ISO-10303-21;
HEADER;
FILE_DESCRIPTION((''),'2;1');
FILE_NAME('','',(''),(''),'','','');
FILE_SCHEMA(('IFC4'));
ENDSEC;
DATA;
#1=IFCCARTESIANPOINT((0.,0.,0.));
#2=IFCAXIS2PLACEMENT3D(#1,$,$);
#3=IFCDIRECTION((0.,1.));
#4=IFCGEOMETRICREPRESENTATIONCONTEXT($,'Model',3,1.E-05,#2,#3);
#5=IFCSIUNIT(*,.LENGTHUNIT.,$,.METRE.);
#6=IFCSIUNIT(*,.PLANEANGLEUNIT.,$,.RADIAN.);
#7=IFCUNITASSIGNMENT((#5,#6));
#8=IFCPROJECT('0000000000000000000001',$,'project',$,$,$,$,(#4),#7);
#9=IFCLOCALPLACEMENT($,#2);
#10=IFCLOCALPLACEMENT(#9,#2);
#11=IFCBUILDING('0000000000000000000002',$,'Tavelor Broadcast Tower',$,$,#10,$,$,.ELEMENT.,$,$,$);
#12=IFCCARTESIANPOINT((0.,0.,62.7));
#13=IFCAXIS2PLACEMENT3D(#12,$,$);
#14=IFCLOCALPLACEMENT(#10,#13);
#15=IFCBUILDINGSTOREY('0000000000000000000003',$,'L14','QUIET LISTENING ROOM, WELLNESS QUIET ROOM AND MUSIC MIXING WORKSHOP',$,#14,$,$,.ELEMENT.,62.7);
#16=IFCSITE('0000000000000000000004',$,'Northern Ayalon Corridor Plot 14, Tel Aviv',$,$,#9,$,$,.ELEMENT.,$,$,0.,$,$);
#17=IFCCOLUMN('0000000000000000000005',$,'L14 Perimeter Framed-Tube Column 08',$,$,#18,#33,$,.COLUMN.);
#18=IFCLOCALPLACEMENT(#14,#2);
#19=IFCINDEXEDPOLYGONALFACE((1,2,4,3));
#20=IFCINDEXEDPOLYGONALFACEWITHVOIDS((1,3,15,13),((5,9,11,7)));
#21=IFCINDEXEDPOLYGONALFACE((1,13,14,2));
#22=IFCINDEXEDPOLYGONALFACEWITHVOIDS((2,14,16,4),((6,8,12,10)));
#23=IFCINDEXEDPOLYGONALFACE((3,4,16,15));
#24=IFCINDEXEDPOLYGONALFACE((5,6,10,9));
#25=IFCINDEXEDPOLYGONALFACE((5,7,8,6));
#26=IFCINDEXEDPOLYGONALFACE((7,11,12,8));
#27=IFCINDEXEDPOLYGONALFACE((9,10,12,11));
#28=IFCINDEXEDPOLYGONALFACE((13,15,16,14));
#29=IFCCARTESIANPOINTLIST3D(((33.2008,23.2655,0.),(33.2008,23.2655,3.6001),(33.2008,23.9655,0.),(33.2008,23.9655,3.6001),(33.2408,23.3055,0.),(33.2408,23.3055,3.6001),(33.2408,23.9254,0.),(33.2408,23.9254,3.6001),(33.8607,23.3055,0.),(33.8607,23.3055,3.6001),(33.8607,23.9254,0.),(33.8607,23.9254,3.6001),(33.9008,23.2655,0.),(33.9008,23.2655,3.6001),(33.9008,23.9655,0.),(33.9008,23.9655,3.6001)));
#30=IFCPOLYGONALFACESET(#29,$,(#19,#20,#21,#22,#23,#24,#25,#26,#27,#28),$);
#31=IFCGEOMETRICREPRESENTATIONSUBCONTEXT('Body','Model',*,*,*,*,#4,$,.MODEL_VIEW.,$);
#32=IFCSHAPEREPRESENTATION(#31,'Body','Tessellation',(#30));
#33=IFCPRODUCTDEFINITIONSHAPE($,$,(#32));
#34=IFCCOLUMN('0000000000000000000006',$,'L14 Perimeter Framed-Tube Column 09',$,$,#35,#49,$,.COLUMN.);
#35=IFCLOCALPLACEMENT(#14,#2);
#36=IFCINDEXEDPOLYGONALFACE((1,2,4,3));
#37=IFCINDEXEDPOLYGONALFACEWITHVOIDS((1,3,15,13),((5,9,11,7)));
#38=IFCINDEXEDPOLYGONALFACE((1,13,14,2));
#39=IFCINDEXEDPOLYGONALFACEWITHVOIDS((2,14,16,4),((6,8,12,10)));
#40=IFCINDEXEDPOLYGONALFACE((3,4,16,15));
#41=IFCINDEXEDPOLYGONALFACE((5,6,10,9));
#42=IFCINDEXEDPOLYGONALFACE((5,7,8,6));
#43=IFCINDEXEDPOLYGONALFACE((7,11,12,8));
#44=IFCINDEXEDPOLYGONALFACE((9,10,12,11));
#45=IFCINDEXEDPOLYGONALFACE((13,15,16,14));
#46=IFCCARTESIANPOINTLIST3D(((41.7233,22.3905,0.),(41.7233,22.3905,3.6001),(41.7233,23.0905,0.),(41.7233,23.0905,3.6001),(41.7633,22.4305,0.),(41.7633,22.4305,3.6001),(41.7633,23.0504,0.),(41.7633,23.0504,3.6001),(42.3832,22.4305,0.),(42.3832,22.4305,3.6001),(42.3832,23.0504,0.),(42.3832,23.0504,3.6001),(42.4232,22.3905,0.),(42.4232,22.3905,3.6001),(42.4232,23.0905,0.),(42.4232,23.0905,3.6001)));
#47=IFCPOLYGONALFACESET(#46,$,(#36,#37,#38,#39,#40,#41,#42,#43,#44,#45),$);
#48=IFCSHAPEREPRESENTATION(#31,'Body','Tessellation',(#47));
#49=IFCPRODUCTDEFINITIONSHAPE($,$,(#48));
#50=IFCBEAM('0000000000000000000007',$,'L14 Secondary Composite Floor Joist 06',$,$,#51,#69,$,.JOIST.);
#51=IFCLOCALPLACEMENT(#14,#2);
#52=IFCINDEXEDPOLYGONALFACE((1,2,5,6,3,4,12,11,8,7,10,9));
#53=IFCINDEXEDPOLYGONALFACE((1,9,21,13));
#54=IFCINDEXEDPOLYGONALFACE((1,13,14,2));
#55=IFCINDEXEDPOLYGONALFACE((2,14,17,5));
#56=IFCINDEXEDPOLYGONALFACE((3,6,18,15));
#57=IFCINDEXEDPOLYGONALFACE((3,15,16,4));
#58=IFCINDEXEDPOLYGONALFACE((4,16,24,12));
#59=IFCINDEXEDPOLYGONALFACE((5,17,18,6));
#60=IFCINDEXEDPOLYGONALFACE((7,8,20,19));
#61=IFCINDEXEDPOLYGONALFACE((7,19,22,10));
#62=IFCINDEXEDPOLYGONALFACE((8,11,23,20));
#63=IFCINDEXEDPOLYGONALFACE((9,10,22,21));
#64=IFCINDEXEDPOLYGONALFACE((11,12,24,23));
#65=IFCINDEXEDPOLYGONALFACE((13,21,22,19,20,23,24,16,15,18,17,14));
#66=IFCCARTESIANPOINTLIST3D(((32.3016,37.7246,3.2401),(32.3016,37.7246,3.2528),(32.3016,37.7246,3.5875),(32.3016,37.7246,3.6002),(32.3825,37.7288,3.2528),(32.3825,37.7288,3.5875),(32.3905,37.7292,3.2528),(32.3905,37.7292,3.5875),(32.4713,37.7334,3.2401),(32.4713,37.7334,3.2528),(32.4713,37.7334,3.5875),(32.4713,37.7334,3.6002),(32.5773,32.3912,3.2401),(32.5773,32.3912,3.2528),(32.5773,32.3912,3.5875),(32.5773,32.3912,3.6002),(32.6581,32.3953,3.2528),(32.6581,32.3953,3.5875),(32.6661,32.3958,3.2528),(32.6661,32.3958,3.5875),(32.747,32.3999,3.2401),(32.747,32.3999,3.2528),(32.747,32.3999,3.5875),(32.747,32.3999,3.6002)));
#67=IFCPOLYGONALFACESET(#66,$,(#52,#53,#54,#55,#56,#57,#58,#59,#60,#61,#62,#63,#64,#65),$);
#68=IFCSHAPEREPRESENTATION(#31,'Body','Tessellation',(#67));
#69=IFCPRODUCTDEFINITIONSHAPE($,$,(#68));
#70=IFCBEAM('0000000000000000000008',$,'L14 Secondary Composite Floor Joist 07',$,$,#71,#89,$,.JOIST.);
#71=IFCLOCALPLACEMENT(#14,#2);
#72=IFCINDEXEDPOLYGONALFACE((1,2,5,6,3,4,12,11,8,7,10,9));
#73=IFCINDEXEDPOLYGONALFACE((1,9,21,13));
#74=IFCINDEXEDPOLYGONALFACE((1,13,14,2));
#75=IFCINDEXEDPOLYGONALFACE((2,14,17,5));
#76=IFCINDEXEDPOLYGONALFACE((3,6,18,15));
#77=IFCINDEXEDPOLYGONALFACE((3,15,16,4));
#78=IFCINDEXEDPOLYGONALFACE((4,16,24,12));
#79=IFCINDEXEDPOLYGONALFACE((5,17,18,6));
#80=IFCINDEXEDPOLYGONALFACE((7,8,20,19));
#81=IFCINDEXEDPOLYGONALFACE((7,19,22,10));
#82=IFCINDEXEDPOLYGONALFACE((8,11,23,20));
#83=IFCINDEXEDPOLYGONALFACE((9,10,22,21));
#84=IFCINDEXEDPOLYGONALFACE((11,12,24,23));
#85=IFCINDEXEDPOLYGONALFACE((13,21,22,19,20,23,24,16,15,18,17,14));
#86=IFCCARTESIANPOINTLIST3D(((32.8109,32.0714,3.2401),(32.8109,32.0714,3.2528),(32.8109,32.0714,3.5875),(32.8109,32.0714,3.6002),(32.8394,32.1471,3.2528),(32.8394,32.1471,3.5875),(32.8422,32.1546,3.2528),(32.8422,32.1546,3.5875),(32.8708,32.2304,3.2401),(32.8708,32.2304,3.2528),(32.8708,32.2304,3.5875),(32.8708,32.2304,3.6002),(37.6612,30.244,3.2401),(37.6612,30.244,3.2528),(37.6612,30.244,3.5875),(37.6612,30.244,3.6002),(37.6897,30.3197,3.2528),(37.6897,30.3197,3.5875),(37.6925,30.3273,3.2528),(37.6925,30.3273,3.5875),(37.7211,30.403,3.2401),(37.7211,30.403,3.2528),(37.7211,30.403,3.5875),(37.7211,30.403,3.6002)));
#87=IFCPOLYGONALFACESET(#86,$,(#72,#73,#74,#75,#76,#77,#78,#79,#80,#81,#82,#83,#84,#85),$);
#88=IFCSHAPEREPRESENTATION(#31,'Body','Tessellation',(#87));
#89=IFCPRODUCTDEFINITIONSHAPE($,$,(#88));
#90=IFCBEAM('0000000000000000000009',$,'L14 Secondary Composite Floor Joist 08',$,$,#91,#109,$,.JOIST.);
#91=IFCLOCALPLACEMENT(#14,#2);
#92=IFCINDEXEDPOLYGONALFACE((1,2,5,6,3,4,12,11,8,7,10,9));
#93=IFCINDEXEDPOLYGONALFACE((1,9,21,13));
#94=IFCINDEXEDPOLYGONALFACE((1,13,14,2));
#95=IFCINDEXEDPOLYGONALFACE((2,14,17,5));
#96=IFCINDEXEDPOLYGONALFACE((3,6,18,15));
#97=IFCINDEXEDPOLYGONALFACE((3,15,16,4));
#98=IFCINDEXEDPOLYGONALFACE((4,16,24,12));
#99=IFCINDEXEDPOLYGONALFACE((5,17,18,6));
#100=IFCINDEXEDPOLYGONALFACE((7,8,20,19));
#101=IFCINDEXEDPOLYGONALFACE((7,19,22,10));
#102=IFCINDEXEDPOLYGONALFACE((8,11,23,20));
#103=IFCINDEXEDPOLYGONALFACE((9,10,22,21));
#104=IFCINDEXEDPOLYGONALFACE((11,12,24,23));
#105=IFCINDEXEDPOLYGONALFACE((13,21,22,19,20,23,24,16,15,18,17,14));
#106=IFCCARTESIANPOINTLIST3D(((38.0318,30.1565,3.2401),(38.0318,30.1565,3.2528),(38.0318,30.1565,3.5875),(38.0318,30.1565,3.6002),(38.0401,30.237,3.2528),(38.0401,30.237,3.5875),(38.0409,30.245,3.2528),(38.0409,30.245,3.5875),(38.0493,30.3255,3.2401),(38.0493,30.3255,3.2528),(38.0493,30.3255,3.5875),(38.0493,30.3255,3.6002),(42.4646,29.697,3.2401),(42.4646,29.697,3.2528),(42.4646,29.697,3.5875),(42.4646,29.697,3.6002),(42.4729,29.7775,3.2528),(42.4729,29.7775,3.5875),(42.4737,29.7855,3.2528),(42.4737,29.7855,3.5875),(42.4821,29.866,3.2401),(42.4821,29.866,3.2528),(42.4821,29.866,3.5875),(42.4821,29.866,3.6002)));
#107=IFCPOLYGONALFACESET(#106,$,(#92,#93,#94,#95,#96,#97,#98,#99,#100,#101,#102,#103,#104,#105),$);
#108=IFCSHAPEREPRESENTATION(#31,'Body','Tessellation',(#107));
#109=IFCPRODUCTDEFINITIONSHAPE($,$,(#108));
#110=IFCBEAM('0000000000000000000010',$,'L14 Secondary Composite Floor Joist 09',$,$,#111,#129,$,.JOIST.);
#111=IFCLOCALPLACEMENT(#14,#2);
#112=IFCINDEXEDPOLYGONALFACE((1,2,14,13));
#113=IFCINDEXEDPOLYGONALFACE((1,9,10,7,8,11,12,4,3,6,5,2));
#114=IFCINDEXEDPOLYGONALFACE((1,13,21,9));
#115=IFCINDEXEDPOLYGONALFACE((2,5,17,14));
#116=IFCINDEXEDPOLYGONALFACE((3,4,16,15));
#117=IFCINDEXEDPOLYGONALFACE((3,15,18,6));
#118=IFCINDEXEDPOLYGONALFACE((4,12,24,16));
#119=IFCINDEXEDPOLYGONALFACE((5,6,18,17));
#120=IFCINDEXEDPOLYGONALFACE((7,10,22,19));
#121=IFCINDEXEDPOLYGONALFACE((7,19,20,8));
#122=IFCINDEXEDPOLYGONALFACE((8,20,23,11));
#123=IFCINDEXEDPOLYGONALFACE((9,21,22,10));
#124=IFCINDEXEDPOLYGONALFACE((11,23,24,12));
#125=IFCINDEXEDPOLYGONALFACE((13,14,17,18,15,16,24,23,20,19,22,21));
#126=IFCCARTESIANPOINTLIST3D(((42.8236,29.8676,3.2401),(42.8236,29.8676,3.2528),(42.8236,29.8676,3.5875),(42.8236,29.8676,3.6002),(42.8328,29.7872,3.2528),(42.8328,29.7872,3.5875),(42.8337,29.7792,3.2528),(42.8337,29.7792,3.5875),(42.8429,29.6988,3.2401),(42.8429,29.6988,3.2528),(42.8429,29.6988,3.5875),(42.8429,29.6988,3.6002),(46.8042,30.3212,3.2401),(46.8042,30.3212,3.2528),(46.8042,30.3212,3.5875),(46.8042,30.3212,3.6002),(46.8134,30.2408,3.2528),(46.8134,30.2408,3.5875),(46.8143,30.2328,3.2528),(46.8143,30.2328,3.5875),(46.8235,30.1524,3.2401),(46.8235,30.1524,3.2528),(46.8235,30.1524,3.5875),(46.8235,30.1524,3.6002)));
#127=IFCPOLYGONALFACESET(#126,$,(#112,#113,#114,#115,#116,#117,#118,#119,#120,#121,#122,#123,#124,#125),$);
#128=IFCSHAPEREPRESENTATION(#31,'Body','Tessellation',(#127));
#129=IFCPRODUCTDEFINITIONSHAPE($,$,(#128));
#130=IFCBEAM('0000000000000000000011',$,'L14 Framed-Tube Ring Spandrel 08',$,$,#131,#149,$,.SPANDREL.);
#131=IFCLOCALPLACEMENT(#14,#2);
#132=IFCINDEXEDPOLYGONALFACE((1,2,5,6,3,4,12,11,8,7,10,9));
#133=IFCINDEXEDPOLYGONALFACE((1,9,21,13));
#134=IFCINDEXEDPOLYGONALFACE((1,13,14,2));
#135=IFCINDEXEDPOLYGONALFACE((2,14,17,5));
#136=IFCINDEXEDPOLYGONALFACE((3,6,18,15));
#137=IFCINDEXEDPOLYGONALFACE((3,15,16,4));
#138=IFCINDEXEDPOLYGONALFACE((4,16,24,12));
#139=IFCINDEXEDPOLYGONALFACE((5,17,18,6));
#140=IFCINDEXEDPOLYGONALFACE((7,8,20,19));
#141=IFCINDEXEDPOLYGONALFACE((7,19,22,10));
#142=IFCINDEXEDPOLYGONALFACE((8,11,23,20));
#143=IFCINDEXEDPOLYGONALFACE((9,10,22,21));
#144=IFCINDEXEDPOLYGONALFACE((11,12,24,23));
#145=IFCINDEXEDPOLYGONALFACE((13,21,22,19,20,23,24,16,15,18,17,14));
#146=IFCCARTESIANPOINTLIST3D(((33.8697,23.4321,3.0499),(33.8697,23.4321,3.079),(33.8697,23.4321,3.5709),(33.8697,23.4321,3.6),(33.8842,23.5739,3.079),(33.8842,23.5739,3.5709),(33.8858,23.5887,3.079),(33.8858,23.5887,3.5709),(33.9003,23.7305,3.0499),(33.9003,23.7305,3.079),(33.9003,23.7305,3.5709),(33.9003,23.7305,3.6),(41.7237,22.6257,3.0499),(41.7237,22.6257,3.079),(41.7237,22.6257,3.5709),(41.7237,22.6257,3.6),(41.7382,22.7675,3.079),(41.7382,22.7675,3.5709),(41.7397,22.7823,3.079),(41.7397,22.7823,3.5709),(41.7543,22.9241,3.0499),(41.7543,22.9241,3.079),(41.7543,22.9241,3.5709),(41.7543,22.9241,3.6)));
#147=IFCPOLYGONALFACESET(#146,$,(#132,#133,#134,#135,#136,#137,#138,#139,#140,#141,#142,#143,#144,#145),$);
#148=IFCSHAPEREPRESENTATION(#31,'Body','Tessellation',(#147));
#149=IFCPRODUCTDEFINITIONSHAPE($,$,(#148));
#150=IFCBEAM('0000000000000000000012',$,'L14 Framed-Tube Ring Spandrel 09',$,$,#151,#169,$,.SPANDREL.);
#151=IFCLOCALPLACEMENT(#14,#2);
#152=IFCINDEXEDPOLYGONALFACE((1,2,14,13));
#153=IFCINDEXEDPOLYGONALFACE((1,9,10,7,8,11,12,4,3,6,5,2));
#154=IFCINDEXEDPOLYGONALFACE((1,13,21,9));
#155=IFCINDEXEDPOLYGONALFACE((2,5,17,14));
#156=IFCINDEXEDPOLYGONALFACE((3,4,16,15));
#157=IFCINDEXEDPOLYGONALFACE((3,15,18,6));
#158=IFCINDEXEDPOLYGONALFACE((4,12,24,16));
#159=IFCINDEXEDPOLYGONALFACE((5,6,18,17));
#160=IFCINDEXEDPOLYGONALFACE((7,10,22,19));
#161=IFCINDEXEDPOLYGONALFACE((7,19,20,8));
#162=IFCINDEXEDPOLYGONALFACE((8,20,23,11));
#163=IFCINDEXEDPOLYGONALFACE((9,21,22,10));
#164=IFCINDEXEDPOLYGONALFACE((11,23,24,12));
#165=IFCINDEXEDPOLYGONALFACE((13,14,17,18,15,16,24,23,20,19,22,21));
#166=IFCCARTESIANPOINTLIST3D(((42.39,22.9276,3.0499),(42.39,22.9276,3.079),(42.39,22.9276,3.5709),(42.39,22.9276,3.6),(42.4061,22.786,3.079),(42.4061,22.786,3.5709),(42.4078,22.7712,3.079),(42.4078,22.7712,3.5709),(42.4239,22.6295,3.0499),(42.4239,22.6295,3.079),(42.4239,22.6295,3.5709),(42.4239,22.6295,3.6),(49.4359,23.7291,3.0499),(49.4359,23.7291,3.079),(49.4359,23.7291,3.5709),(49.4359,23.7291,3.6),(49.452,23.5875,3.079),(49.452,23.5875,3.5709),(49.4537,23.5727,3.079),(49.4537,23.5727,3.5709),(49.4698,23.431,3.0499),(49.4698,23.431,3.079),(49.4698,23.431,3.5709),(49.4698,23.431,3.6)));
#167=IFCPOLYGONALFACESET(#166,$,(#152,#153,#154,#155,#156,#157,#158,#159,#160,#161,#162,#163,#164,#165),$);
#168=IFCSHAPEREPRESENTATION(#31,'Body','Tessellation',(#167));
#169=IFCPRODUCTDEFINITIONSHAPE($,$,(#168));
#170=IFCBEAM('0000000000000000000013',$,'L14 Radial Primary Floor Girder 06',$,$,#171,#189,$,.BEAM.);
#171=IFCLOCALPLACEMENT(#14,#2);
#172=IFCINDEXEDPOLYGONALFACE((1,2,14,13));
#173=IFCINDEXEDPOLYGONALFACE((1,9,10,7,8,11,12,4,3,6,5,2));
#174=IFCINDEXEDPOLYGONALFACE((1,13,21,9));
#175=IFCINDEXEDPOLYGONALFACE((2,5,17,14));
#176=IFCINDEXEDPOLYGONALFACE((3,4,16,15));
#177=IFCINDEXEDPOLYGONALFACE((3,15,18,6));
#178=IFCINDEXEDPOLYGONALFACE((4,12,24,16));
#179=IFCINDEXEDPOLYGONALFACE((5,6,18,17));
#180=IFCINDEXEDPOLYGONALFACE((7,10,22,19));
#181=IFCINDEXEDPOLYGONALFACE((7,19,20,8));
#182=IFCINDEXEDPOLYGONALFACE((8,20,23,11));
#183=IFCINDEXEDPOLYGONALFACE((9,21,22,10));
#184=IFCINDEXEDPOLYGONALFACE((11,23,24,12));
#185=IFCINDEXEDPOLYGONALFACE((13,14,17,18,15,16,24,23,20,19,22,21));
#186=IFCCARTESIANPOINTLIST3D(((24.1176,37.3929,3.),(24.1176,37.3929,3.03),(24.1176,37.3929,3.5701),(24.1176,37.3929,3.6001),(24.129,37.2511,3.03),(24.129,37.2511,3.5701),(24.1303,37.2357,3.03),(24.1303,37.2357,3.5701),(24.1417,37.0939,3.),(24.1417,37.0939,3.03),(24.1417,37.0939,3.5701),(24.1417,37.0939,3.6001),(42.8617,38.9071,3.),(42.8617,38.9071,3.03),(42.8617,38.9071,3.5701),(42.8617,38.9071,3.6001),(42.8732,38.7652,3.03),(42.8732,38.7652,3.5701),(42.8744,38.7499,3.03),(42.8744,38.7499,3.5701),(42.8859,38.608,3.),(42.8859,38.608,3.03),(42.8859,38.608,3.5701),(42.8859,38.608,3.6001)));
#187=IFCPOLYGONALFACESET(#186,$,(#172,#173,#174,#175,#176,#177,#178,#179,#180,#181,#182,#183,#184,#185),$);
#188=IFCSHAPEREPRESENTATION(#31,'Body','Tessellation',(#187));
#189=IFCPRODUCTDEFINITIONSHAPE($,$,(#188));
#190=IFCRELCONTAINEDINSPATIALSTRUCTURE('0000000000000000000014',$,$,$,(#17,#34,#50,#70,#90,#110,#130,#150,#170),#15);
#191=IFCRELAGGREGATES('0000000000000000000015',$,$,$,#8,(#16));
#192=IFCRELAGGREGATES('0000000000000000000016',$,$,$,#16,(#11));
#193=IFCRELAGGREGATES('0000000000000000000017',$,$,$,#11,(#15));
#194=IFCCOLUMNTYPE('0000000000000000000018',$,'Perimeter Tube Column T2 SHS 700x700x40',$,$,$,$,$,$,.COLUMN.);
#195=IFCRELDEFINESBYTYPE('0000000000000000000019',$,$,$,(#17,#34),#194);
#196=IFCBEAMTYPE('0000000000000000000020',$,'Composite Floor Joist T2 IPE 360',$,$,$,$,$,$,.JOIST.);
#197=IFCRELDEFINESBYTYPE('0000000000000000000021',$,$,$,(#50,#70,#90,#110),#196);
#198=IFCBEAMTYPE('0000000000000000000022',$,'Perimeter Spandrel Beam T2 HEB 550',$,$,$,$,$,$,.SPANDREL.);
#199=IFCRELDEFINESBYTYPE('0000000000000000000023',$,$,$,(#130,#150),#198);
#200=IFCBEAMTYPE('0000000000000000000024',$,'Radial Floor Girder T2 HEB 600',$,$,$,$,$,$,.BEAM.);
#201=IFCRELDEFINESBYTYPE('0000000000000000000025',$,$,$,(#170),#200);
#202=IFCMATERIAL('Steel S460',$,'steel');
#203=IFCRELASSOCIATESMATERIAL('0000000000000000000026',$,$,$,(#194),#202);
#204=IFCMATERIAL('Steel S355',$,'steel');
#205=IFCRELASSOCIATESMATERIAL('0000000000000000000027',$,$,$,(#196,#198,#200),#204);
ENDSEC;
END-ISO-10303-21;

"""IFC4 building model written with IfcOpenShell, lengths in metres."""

from ifc_helpers import new_model, si_unit, direction, frame, origin, origin_2d, place, context, subcontext, project, spatial, hollow_rectangle, i_section, extrude, material, material_profile, profile_set, type_object, element, save


model = new_model("IFC4")

# Units and contexts
model_context = context("Model", 3, precision=1e-05, world=origin(), true_north=direction((0.0, 1.0)))
body_context = subcontext(model_context, "Body", "Model", "MODEL_VIEW")
ifc_project = project(units=[si_unit("LENGTHUNIT", "METRE"), si_unit("PLANEANGLEUNIT", "RADIAN")], contexts=[model_context])

# Site, building, storey
site_placement = place(None, origin())
site = spatial("IfcSite", under=ifc_project, at=site_placement, Name="Northern Ayalon Corridor Plot 14, Tel Aviv", CompositionType="ELEMENT", RefElevation=0.0)
building_placement = place(site_placement, origin())
building = spatial("IfcBuilding", under=site, at=building_placement, Name="Tavelor Broadcast Tower", CompositionType="ELEMENT")
storey_placement = place(building_placement, frame((0.0, 0.0, 62.7)))
storey = spatial("IfcBuildingStorey", under=building, at=storey_placement, Name="L14", Description="QUIET LISTENING ROOM, WELLNESS QUIET ROOM AND MUSIC MIXING WORKSHOP", CompositionType="ELEMENT", Elevation=62.7)

# Columns
ifc_material_1 = material(Name="Steel S460", Category="steel")
ifc_material_profile_1 = material_profile(ifc_material_1, hollow_rectangle(XDim=0.7, YDim=0.7, WallThickness=0.04, at=origin_2d()), Name="SHS 700x700x40")
ifc_profile_set_1 = profile_set([ifc_material_profile_1], Name="Steel S460")
column_type = type_object("IfcColumnType", Name="Perimeter Tube Column T2 SHS 700x700x40", PredefinedType="COLUMN", material=ifc_profile_set_1)
for number, where, z_axis, x_axis, name in (
    (1, (33.5508, 23.6155, 0.0), (0.0, 0.0, 1.0), (1.0, 0.0, 0.0), "L14 Perimeter Framed-Tube Column 08"),
    (2, (42.0732, 22.7405, 0.0), (0.0, 0.0, 1.0), (1.0, 0.0, 0.0), "L14 Perimeter Framed-Tube Column 09"),
):
    element("IfcColumn", number, at=place(storey_placement, frame(where, z_axis=z_axis, x_axis=x_axis)), inside=storey, type_object=column_type, Name=name, PredefinedType="COLUMN", context=body_context, shape_type="SweptSolid", body=[
        extrude(hollow_rectangle(XDim=0.7, YDim=0.7, WallThickness=0.04, at=origin_2d()), origin(), (0.0, 0.0, 1.0), 3.6001),
    ])

# Beams
ifc_material_2 = material(Name="Steel S355", Category="steel")
ifc_material_profile_2 = material_profile(ifc_material_2, i_section(OverallWidth=0.1699, OverallDepth=0.3601, WebThickness=0.0081, FlangeThickness=0.0127, at=origin_2d()), Name="IPE 360")
ifc_profile_set_2 = profile_set([ifc_material_profile_2], Name="Steel S355")
beam_type_1 = type_object("IfcBeamType", Name="Composite Floor Joist T2 IPE 360", PredefinedType="JOIST", material=ifc_profile_set_2)
beam_1_placement = place(storey_placement, frame((32.3865, 37.729, 3.4202), z_axis=(0.051611, -0.998667, 0.0), x_axis=(0.998667, 0.051611, 0.0)))
element("IfcBeam", 3, at=beam_1_placement, inside=storey, type_object=beam_type_1, Name="L14 Secondary Composite Floor Joist 06", PredefinedType="JOIST", context=body_context, shape_type="SweptSolid", body=[
    extrude(i_section(OverallWidth=0.1699, OverallDepth=0.3601, WebThickness=0.0081, FlangeThickness=0.0127, at=origin_2d()), origin(), (0.0, 0.0, 1.0), 5.3406),
])
beam_2_placement = place(storey_placement, frame((32.8408, 32.1509, 3.4202), z_axis=(0.935788, -0.352563, 0.0), x_axis=(0.352563, 0.935788, 0.0)))
element("IfcBeam", 4, at=beam_2_placement, inside=storey, type_object=beam_type_1, Name="L14 Secondary Composite Floor Joist 07", PredefinedType="JOIST", context=body_context, shape_type="SweptSolid", body=[
    extrude(i_section(OverallWidth=0.1699, OverallDepth=0.3601, WebThickness=0.0081, FlangeThickness=0.0127, at=origin_2d()), origin(), (0.0, 0.0, 1.0), 5.1831),
])
beam_3_placement = place(storey_placement, frame((38.0405, 30.241, 3.4202), z_axis=(0.994671, -0.103099, 0.0), x_axis=(0.103099, 0.994671, 0.0)))
element("IfcBeam", 5, at=beam_3_placement, inside=storey, type_object=beam_type_1, Name="L14 Secondary Composite Floor Joist 08", PredefinedType="JOIST", context=body_context, shape_type="SweptSolid", body=[
    extrude(i_section(OverallWidth=0.1699, OverallDepth=0.3601, WebThickness=0.0081, FlangeThickness=0.0127, at=origin_2d()), origin(), (0.0, 0.0, 1.0), 4.4565),
])
beam_4_placement = place(storey_placement, frame((42.8333, 29.7832, 3.4202), z_axis=(0.993569, 0.113227, 0.0), x_axis=(-0.113227, 0.993569, 0.0)))
element("IfcBeam", 6, at=beam_4_placement, inside=storey, type_object=beam_type_1, Name="L14 Secondary Composite Floor Joist 09", PredefinedType="JOIST", context=body_context, shape_type="SweptSolid", body=[
    extrude(i_section(OverallWidth=0.1699, OverallDepth=0.3601, WebThickness=0.0081, FlangeThickness=0.0127, at=origin_2d()), origin(), (0.0, 0.0, 1.0), 4.0063),
])
ifc_material_profile_3 = material_profile(ifc_material_2, i_section(OverallWidth=0.3, OverallDepth=0.55, WebThickness=0.0149, FlangeThickness=0.0291, at=origin_2d()), Name="HEB 550")
ifc_profile_set_3 = profile_set([ifc_material_profile_3], Name="Steel S355")
beam_type_2 = type_object("IfcBeamType", Name="Perimeter Spandrel Beam T2 HEB 550", PredefinedType="SPANDREL", material=ifc_profile_set_3)
beam_5_placement = place(storey_placement, frame((33.885, 23.5813, 3.325), z_axis=(0.99477, -0.102136, 0.0), x_axis=(0.102136, 0.99477, 0.0)))
element("IfcBeam", 7, at=beam_5_placement, inside=storey, type_object=beam_type_2, Name="L14 Framed-Tube Ring Spandrel 08", PredefinedType="SPANDREL", context=body_context, shape_type="SweptSolid", body=[
    extrude(i_section(OverallWidth=0.3, OverallDepth=0.55, WebThickness=0.0149, FlangeThickness=0.0291, at=origin_2d()), origin(), (0.0, 0.0, 1.0), 7.8953),
])
beam_6_placement = place(storey_placement, frame((42.407, 22.7786, 3.325), z_axis=(0.993592, 0.113027, 0.0), x_axis=(-0.113027, 0.993592, 0.0)))
element("IfcBeam", 8, at=beam_6_placement, inside=storey, type_object=beam_type_2, Name="L14 Framed-Tube Ring Spandrel 09", PredefinedType="SPANDREL", context=body_context, shape_type="SweptSolid", body=[
    extrude(i_section(OverallWidth=0.3, OverallDepth=0.55, WebThickness=0.0149, FlangeThickness=0.0291, at=origin_2d()), origin(), (0.0, 0.0, 1.0), 7.0913),
])
ifc_material_profile_4 = material_profile(ifc_material_2, i_section(OverallWidth=0.3, OverallDepth=0.6001, WebThickness=0.0154, FlangeThickness=0.03, at=origin_2d()), Name="HEB 600")
ifc_profile_set_4 = profile_set([ifc_material_profile_4], Name="Steel S355")
beam_type_3 = type_object("IfcBeamType", Name="Radial Floor Girder T2 HEB 600", PredefinedType="BEAM", material=ifc_profile_set_4)
beam_7_placement = place(storey_placement, frame((42.8738, 38.7576, 3.3), z_axis=(-0.996753, -0.080518, 0.0), x_axis=(0.080518, -0.996753, 0.0)))
element("IfcBeam", 9, at=beam_7_placement, inside=storey, type_object=beam_type_3, Name="L14 Radial Primary Floor Girder 06", PredefinedType="BEAM", context=body_context, shape_type="SweptSolid", body=[
    extrude(i_section(OverallWidth=0.3, OverallDepth=0.6001, WebThickness=0.0154, FlangeThickness=0.03, at=origin_2d()), origin(), (0.0, 0.0, 1.0), 18.8052),
])

save(model, "model.ifc")
